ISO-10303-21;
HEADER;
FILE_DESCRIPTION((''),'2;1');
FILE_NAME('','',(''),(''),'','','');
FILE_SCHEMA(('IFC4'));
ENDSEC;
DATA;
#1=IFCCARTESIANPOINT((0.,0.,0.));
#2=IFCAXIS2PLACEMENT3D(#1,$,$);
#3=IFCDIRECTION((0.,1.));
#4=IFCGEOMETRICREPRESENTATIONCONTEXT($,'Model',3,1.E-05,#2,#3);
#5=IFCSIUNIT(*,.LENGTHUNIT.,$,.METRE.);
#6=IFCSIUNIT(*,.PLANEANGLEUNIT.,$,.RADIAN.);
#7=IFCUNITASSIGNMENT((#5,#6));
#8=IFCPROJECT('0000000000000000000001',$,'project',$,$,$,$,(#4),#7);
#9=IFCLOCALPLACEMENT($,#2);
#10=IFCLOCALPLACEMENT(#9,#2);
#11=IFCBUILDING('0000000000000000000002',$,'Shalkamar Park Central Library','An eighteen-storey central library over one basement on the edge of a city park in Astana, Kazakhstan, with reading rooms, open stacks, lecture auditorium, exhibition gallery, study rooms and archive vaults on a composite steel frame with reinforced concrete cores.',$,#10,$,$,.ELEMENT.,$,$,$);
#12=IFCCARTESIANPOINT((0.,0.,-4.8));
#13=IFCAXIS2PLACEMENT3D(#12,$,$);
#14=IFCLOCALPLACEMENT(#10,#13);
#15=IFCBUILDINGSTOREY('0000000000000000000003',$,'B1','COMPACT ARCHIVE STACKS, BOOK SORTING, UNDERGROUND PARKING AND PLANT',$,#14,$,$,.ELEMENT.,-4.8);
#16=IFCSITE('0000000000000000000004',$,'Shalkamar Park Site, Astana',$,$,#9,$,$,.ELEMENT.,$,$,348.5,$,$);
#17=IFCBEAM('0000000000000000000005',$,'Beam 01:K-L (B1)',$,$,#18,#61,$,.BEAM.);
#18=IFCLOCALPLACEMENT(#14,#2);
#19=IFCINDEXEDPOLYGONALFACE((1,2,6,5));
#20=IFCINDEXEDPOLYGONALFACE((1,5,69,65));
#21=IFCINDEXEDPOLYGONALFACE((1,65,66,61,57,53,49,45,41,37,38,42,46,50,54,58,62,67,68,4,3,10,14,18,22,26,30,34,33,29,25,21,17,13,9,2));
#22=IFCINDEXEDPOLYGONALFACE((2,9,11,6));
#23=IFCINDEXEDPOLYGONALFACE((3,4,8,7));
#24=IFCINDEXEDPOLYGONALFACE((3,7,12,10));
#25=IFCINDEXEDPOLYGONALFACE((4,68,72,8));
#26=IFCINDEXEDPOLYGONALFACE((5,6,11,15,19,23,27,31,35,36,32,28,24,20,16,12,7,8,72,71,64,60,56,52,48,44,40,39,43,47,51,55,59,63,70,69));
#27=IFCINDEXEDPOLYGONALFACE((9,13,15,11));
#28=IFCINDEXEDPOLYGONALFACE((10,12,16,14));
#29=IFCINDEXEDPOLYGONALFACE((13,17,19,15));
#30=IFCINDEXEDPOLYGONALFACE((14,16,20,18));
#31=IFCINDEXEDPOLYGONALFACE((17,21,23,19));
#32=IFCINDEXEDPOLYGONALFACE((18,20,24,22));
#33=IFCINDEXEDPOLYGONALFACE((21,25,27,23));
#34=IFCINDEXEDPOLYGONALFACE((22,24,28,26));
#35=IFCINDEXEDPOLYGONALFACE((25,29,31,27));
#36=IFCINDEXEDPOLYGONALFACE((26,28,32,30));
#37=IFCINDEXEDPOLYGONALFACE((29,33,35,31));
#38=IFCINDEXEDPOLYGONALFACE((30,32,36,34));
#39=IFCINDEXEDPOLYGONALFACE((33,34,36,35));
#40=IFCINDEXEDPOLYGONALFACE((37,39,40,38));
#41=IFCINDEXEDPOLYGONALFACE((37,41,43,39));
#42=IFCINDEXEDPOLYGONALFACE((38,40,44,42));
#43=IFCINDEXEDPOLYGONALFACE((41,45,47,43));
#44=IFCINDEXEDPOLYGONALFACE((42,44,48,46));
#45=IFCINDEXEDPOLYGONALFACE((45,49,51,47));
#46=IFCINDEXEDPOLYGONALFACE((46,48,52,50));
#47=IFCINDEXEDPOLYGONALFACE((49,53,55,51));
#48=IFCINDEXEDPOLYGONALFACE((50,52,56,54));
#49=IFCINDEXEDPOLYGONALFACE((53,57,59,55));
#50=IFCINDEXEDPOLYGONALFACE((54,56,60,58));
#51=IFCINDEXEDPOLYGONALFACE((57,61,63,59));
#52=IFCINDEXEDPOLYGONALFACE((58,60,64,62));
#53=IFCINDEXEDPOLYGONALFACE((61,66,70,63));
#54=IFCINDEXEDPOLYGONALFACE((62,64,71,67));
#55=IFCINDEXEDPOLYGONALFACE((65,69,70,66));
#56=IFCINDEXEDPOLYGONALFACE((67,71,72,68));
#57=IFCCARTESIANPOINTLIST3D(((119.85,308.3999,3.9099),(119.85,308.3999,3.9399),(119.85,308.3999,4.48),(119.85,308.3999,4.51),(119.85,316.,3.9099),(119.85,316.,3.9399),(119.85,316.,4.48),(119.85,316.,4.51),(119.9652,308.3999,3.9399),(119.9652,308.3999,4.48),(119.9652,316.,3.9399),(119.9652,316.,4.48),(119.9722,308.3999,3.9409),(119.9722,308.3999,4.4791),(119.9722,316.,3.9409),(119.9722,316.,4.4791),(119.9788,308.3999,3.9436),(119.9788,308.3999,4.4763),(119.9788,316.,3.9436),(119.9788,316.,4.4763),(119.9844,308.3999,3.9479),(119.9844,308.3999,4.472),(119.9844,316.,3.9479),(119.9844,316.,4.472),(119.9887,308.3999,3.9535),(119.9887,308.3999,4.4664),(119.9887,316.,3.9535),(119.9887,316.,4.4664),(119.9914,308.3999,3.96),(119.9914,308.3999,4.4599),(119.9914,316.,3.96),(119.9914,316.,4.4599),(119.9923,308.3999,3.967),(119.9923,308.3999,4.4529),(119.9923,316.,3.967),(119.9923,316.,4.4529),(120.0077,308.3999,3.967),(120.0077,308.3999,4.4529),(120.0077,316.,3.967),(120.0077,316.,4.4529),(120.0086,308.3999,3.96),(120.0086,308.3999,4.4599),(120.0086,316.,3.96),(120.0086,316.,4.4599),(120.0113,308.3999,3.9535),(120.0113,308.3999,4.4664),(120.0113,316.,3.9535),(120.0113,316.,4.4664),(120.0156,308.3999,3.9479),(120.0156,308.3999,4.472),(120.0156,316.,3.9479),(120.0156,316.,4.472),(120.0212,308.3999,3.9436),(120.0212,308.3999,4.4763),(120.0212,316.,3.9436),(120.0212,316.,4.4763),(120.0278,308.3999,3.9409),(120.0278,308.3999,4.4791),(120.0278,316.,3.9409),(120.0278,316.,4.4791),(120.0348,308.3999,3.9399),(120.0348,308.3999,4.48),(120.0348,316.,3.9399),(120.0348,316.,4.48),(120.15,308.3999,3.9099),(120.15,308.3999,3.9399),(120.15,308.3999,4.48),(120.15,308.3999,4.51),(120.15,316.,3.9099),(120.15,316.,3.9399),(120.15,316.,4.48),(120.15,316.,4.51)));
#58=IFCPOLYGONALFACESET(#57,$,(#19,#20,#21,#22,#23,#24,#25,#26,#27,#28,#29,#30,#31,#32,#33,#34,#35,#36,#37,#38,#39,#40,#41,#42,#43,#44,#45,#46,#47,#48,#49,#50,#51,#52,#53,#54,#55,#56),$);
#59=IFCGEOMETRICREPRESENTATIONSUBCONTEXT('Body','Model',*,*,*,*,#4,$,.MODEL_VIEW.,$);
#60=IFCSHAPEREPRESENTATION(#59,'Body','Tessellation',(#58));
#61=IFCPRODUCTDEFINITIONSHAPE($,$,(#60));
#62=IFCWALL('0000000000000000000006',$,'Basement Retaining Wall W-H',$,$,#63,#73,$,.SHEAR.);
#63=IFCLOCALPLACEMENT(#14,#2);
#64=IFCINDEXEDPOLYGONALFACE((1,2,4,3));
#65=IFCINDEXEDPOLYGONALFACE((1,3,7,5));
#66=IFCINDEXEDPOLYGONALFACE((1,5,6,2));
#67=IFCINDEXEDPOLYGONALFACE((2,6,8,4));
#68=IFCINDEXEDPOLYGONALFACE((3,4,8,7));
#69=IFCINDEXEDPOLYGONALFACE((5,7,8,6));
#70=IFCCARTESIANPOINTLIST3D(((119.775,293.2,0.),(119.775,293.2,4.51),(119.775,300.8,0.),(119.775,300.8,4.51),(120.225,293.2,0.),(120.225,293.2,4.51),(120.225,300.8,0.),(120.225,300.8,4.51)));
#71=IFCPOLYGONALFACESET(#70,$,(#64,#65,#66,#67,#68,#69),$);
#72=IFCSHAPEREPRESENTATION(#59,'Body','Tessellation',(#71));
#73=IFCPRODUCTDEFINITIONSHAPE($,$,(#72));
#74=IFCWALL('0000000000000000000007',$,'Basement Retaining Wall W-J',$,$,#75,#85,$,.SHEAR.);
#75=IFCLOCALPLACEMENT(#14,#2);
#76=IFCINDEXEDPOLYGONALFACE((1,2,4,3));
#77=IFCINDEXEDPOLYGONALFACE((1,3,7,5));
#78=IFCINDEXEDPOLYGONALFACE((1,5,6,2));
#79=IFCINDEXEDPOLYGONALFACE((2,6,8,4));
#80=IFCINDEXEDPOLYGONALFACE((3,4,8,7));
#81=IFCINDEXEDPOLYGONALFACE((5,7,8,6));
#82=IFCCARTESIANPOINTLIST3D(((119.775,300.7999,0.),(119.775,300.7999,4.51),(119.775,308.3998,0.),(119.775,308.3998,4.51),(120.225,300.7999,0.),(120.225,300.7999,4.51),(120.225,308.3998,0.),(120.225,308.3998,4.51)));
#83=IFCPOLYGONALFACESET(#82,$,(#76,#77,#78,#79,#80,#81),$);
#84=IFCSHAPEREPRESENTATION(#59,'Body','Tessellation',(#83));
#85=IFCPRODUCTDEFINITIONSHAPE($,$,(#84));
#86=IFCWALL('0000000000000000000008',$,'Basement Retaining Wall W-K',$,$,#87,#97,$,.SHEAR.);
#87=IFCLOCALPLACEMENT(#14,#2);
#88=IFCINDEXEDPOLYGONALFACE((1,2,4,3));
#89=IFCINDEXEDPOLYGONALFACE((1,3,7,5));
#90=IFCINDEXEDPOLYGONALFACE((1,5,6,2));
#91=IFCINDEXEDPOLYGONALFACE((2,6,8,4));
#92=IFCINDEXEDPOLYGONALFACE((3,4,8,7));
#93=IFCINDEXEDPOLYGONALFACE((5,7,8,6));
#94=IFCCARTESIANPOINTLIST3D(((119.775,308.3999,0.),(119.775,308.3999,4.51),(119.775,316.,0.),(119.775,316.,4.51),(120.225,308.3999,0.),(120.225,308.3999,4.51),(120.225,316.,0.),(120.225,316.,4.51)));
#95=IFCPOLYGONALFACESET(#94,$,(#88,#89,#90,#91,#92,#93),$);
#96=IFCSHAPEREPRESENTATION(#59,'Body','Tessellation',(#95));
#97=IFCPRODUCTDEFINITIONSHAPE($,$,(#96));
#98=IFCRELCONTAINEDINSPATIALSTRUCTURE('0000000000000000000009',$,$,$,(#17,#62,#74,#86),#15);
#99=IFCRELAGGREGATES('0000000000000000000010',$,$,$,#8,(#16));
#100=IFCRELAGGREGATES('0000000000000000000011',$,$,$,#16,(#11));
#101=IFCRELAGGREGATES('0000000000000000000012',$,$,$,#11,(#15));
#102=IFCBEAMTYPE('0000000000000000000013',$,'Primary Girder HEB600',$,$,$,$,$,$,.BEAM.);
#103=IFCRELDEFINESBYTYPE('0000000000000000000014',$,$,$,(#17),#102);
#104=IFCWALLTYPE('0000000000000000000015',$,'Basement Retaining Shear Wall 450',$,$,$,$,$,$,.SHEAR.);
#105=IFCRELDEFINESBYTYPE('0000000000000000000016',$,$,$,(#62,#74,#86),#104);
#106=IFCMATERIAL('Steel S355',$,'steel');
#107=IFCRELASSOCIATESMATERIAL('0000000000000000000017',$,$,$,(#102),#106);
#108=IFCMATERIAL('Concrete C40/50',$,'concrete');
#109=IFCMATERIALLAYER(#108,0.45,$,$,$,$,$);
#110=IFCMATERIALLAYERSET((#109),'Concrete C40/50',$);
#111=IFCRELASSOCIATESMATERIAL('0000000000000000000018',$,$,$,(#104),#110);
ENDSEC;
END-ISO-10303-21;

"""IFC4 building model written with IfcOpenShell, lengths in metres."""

from ifc_helpers import new_model, si_unit, direction, frame, frame_2d, origin, origin_2d, place, context, subcontext, project, spatial, rectangle, i_section, extrude, material, layer, layer_set, material_profile, profile_set, type_object, element, save


model = new_model("IFC4")

# Units and contexts
model_context = context("Model", 3, precision=1e-05, world=origin(), true_north=direction((0.0, 1.0)))
body_context = subcontext(model_context, "Body", "Model", "MODEL_VIEW")
ifc_project = project(units=[si_unit("LENGTHUNIT", "METRE"), si_unit("PLANEANGLEUNIT", "RADIAN")], contexts=[model_context])

# Site, building, storey
site_placement = place(None, origin())
site = spatial("IfcSite", under=ifc_project, at=site_placement, Name="Shalkamar Park Site, Astana", CompositionType="ELEMENT", RefElevation=348.5)
building_placement = place(site_placement, origin())
building = spatial("IfcBuilding", under=site, at=building_placement, Name="Shalkamar Park Central Library", Description="An eighteen-storey central library over one basement on the edge of a city park in Astana, Kazakhstan, with reading rooms, open stacks, lecture auditorium, exhibition gallery, study rooms and archive vaults on a composite steel frame with reinforced concrete cores.", CompositionType="ELEMENT")
storey_placement = place(building_placement, frame((0.0, 0.0, -4.8)))
storey = spatial("IfcBuildingStorey", under=building, at=storey_placement, Name="B1", Description="COMPACT ARCHIVE STACKS, BOOK SORTING, UNDERGROUND PARKING AND PLANT", CompositionType="ELEMENT", Elevation=-4.8)

# Shared definitions
ifc_material_1 = material(Name="Concrete C40/50", Category="concrete")
ifc_material_2 = material(Name="Steel S355", Category="steel")

# Beam
ifc_material_profile_1 = material_profile(ifc_material_2, i_section(OverallWidth=0.3, OverallDepth=0.6001, WebThickness=0.0154, FlangeThickness=0.03, FilletRadius=0.0271, at=origin_2d()), Name="HEB 600")
ifc_profile_set_1 = profile_set([ifc_material_profile_1], Name="Steel S355")
beam_type = type_object("IfcBeamType", Name="Primary Girder HEB600", PredefinedType="BEAM", material=ifc_profile_set_1)
beam_1_placement = place(storey_placement, frame((120.0, 308.3999, 4.21), z_axis=(0.0, 1.0, 0.0), x_axis=(-1.0, 0.0, 0.0)))
element("IfcBeam", 1, at=beam_1_placement, inside=storey, type_object=beam_type, Name="Beam 01:K-L (B1)", PredefinedType="BEAM", context=body_context, shape_type="SweptSolid", body=[
    extrude(i_section(OverallWidth=0.3, OverallDepth=0.6001, WebThickness=0.0154, FlangeThickness=0.03, FilletRadius=0.0271, at=origin_2d()), origin(), (0.0, 0.0, 1.0), 7.6001),
])

# Walls
ifc_layer = layer(ifc_material_1, 0.45)
ifc_layer_set = layer_set([ifc_layer], Name="Concrete C40/50")
wall_type = type_object("IfcWallType", Name="Basement Retaining Shear Wall 450", PredefinedType="SHEAR", material=ifc_layer_set)
wall_1_placement = place(storey_placement, frame((120.0, 293.2, 0.0), z_axis=(0.0, 0.0, 1.0), x_axis=(0.0, 1.0, 0.0)))
element("IfcWall", 2, at=wall_1_placement, inside=storey, type_object=wall_type, Name="Basement Retaining Wall W-H", PredefinedType="SHEAR", context=body_context, shape_type="SweptSolid", body=[
    extrude(rectangle(XDim=7.6001, YDim=0.45, at=frame_2d((3.8, 0.0))), origin(), (0.0, 0.0, 1.0), 4.51),
])
wall_2_placement = place(storey_placement, frame((120.0, 300.8, 0.0), z_axis=(0.0, 0.0, 1.0), x_axis=(0.0, 1.0, 0.0)))
element("IfcWall", 3, at=wall_2_placement, inside=storey, type_object=wall_type, Name="Basement Retaining Wall W-J", PredefinedType="SHEAR", context=body_context, shape_type="SweptSolid", body=[
    extrude(rectangle(XDim=7.5999, YDim=0.45, at=frame_2d((3.7998, 0.0))), origin(), (0.0, 0.0, 1.0), 4.51),
])
wall_3_placement = place(storey_placement, frame((120.0, 308.3999, 0.0), z_axis=(0.0, 0.0, 1.0), x_axis=(0.0, 1.0, 0.0)))
element("IfcWall", 4, at=wall_3_placement, inside=storey, type_object=wall_type, Name="Basement Retaining Wall W-K", PredefinedType="SHEAR", context=body_context, shape_type="SweptSolid", body=[
    extrude(rectangle(XDim=7.6001, YDim=0.45, at=frame_2d((3.8, 0.0))), origin(), (0.0, 0.0, 1.0), 4.51),
])

save(model, "model.ifc")
